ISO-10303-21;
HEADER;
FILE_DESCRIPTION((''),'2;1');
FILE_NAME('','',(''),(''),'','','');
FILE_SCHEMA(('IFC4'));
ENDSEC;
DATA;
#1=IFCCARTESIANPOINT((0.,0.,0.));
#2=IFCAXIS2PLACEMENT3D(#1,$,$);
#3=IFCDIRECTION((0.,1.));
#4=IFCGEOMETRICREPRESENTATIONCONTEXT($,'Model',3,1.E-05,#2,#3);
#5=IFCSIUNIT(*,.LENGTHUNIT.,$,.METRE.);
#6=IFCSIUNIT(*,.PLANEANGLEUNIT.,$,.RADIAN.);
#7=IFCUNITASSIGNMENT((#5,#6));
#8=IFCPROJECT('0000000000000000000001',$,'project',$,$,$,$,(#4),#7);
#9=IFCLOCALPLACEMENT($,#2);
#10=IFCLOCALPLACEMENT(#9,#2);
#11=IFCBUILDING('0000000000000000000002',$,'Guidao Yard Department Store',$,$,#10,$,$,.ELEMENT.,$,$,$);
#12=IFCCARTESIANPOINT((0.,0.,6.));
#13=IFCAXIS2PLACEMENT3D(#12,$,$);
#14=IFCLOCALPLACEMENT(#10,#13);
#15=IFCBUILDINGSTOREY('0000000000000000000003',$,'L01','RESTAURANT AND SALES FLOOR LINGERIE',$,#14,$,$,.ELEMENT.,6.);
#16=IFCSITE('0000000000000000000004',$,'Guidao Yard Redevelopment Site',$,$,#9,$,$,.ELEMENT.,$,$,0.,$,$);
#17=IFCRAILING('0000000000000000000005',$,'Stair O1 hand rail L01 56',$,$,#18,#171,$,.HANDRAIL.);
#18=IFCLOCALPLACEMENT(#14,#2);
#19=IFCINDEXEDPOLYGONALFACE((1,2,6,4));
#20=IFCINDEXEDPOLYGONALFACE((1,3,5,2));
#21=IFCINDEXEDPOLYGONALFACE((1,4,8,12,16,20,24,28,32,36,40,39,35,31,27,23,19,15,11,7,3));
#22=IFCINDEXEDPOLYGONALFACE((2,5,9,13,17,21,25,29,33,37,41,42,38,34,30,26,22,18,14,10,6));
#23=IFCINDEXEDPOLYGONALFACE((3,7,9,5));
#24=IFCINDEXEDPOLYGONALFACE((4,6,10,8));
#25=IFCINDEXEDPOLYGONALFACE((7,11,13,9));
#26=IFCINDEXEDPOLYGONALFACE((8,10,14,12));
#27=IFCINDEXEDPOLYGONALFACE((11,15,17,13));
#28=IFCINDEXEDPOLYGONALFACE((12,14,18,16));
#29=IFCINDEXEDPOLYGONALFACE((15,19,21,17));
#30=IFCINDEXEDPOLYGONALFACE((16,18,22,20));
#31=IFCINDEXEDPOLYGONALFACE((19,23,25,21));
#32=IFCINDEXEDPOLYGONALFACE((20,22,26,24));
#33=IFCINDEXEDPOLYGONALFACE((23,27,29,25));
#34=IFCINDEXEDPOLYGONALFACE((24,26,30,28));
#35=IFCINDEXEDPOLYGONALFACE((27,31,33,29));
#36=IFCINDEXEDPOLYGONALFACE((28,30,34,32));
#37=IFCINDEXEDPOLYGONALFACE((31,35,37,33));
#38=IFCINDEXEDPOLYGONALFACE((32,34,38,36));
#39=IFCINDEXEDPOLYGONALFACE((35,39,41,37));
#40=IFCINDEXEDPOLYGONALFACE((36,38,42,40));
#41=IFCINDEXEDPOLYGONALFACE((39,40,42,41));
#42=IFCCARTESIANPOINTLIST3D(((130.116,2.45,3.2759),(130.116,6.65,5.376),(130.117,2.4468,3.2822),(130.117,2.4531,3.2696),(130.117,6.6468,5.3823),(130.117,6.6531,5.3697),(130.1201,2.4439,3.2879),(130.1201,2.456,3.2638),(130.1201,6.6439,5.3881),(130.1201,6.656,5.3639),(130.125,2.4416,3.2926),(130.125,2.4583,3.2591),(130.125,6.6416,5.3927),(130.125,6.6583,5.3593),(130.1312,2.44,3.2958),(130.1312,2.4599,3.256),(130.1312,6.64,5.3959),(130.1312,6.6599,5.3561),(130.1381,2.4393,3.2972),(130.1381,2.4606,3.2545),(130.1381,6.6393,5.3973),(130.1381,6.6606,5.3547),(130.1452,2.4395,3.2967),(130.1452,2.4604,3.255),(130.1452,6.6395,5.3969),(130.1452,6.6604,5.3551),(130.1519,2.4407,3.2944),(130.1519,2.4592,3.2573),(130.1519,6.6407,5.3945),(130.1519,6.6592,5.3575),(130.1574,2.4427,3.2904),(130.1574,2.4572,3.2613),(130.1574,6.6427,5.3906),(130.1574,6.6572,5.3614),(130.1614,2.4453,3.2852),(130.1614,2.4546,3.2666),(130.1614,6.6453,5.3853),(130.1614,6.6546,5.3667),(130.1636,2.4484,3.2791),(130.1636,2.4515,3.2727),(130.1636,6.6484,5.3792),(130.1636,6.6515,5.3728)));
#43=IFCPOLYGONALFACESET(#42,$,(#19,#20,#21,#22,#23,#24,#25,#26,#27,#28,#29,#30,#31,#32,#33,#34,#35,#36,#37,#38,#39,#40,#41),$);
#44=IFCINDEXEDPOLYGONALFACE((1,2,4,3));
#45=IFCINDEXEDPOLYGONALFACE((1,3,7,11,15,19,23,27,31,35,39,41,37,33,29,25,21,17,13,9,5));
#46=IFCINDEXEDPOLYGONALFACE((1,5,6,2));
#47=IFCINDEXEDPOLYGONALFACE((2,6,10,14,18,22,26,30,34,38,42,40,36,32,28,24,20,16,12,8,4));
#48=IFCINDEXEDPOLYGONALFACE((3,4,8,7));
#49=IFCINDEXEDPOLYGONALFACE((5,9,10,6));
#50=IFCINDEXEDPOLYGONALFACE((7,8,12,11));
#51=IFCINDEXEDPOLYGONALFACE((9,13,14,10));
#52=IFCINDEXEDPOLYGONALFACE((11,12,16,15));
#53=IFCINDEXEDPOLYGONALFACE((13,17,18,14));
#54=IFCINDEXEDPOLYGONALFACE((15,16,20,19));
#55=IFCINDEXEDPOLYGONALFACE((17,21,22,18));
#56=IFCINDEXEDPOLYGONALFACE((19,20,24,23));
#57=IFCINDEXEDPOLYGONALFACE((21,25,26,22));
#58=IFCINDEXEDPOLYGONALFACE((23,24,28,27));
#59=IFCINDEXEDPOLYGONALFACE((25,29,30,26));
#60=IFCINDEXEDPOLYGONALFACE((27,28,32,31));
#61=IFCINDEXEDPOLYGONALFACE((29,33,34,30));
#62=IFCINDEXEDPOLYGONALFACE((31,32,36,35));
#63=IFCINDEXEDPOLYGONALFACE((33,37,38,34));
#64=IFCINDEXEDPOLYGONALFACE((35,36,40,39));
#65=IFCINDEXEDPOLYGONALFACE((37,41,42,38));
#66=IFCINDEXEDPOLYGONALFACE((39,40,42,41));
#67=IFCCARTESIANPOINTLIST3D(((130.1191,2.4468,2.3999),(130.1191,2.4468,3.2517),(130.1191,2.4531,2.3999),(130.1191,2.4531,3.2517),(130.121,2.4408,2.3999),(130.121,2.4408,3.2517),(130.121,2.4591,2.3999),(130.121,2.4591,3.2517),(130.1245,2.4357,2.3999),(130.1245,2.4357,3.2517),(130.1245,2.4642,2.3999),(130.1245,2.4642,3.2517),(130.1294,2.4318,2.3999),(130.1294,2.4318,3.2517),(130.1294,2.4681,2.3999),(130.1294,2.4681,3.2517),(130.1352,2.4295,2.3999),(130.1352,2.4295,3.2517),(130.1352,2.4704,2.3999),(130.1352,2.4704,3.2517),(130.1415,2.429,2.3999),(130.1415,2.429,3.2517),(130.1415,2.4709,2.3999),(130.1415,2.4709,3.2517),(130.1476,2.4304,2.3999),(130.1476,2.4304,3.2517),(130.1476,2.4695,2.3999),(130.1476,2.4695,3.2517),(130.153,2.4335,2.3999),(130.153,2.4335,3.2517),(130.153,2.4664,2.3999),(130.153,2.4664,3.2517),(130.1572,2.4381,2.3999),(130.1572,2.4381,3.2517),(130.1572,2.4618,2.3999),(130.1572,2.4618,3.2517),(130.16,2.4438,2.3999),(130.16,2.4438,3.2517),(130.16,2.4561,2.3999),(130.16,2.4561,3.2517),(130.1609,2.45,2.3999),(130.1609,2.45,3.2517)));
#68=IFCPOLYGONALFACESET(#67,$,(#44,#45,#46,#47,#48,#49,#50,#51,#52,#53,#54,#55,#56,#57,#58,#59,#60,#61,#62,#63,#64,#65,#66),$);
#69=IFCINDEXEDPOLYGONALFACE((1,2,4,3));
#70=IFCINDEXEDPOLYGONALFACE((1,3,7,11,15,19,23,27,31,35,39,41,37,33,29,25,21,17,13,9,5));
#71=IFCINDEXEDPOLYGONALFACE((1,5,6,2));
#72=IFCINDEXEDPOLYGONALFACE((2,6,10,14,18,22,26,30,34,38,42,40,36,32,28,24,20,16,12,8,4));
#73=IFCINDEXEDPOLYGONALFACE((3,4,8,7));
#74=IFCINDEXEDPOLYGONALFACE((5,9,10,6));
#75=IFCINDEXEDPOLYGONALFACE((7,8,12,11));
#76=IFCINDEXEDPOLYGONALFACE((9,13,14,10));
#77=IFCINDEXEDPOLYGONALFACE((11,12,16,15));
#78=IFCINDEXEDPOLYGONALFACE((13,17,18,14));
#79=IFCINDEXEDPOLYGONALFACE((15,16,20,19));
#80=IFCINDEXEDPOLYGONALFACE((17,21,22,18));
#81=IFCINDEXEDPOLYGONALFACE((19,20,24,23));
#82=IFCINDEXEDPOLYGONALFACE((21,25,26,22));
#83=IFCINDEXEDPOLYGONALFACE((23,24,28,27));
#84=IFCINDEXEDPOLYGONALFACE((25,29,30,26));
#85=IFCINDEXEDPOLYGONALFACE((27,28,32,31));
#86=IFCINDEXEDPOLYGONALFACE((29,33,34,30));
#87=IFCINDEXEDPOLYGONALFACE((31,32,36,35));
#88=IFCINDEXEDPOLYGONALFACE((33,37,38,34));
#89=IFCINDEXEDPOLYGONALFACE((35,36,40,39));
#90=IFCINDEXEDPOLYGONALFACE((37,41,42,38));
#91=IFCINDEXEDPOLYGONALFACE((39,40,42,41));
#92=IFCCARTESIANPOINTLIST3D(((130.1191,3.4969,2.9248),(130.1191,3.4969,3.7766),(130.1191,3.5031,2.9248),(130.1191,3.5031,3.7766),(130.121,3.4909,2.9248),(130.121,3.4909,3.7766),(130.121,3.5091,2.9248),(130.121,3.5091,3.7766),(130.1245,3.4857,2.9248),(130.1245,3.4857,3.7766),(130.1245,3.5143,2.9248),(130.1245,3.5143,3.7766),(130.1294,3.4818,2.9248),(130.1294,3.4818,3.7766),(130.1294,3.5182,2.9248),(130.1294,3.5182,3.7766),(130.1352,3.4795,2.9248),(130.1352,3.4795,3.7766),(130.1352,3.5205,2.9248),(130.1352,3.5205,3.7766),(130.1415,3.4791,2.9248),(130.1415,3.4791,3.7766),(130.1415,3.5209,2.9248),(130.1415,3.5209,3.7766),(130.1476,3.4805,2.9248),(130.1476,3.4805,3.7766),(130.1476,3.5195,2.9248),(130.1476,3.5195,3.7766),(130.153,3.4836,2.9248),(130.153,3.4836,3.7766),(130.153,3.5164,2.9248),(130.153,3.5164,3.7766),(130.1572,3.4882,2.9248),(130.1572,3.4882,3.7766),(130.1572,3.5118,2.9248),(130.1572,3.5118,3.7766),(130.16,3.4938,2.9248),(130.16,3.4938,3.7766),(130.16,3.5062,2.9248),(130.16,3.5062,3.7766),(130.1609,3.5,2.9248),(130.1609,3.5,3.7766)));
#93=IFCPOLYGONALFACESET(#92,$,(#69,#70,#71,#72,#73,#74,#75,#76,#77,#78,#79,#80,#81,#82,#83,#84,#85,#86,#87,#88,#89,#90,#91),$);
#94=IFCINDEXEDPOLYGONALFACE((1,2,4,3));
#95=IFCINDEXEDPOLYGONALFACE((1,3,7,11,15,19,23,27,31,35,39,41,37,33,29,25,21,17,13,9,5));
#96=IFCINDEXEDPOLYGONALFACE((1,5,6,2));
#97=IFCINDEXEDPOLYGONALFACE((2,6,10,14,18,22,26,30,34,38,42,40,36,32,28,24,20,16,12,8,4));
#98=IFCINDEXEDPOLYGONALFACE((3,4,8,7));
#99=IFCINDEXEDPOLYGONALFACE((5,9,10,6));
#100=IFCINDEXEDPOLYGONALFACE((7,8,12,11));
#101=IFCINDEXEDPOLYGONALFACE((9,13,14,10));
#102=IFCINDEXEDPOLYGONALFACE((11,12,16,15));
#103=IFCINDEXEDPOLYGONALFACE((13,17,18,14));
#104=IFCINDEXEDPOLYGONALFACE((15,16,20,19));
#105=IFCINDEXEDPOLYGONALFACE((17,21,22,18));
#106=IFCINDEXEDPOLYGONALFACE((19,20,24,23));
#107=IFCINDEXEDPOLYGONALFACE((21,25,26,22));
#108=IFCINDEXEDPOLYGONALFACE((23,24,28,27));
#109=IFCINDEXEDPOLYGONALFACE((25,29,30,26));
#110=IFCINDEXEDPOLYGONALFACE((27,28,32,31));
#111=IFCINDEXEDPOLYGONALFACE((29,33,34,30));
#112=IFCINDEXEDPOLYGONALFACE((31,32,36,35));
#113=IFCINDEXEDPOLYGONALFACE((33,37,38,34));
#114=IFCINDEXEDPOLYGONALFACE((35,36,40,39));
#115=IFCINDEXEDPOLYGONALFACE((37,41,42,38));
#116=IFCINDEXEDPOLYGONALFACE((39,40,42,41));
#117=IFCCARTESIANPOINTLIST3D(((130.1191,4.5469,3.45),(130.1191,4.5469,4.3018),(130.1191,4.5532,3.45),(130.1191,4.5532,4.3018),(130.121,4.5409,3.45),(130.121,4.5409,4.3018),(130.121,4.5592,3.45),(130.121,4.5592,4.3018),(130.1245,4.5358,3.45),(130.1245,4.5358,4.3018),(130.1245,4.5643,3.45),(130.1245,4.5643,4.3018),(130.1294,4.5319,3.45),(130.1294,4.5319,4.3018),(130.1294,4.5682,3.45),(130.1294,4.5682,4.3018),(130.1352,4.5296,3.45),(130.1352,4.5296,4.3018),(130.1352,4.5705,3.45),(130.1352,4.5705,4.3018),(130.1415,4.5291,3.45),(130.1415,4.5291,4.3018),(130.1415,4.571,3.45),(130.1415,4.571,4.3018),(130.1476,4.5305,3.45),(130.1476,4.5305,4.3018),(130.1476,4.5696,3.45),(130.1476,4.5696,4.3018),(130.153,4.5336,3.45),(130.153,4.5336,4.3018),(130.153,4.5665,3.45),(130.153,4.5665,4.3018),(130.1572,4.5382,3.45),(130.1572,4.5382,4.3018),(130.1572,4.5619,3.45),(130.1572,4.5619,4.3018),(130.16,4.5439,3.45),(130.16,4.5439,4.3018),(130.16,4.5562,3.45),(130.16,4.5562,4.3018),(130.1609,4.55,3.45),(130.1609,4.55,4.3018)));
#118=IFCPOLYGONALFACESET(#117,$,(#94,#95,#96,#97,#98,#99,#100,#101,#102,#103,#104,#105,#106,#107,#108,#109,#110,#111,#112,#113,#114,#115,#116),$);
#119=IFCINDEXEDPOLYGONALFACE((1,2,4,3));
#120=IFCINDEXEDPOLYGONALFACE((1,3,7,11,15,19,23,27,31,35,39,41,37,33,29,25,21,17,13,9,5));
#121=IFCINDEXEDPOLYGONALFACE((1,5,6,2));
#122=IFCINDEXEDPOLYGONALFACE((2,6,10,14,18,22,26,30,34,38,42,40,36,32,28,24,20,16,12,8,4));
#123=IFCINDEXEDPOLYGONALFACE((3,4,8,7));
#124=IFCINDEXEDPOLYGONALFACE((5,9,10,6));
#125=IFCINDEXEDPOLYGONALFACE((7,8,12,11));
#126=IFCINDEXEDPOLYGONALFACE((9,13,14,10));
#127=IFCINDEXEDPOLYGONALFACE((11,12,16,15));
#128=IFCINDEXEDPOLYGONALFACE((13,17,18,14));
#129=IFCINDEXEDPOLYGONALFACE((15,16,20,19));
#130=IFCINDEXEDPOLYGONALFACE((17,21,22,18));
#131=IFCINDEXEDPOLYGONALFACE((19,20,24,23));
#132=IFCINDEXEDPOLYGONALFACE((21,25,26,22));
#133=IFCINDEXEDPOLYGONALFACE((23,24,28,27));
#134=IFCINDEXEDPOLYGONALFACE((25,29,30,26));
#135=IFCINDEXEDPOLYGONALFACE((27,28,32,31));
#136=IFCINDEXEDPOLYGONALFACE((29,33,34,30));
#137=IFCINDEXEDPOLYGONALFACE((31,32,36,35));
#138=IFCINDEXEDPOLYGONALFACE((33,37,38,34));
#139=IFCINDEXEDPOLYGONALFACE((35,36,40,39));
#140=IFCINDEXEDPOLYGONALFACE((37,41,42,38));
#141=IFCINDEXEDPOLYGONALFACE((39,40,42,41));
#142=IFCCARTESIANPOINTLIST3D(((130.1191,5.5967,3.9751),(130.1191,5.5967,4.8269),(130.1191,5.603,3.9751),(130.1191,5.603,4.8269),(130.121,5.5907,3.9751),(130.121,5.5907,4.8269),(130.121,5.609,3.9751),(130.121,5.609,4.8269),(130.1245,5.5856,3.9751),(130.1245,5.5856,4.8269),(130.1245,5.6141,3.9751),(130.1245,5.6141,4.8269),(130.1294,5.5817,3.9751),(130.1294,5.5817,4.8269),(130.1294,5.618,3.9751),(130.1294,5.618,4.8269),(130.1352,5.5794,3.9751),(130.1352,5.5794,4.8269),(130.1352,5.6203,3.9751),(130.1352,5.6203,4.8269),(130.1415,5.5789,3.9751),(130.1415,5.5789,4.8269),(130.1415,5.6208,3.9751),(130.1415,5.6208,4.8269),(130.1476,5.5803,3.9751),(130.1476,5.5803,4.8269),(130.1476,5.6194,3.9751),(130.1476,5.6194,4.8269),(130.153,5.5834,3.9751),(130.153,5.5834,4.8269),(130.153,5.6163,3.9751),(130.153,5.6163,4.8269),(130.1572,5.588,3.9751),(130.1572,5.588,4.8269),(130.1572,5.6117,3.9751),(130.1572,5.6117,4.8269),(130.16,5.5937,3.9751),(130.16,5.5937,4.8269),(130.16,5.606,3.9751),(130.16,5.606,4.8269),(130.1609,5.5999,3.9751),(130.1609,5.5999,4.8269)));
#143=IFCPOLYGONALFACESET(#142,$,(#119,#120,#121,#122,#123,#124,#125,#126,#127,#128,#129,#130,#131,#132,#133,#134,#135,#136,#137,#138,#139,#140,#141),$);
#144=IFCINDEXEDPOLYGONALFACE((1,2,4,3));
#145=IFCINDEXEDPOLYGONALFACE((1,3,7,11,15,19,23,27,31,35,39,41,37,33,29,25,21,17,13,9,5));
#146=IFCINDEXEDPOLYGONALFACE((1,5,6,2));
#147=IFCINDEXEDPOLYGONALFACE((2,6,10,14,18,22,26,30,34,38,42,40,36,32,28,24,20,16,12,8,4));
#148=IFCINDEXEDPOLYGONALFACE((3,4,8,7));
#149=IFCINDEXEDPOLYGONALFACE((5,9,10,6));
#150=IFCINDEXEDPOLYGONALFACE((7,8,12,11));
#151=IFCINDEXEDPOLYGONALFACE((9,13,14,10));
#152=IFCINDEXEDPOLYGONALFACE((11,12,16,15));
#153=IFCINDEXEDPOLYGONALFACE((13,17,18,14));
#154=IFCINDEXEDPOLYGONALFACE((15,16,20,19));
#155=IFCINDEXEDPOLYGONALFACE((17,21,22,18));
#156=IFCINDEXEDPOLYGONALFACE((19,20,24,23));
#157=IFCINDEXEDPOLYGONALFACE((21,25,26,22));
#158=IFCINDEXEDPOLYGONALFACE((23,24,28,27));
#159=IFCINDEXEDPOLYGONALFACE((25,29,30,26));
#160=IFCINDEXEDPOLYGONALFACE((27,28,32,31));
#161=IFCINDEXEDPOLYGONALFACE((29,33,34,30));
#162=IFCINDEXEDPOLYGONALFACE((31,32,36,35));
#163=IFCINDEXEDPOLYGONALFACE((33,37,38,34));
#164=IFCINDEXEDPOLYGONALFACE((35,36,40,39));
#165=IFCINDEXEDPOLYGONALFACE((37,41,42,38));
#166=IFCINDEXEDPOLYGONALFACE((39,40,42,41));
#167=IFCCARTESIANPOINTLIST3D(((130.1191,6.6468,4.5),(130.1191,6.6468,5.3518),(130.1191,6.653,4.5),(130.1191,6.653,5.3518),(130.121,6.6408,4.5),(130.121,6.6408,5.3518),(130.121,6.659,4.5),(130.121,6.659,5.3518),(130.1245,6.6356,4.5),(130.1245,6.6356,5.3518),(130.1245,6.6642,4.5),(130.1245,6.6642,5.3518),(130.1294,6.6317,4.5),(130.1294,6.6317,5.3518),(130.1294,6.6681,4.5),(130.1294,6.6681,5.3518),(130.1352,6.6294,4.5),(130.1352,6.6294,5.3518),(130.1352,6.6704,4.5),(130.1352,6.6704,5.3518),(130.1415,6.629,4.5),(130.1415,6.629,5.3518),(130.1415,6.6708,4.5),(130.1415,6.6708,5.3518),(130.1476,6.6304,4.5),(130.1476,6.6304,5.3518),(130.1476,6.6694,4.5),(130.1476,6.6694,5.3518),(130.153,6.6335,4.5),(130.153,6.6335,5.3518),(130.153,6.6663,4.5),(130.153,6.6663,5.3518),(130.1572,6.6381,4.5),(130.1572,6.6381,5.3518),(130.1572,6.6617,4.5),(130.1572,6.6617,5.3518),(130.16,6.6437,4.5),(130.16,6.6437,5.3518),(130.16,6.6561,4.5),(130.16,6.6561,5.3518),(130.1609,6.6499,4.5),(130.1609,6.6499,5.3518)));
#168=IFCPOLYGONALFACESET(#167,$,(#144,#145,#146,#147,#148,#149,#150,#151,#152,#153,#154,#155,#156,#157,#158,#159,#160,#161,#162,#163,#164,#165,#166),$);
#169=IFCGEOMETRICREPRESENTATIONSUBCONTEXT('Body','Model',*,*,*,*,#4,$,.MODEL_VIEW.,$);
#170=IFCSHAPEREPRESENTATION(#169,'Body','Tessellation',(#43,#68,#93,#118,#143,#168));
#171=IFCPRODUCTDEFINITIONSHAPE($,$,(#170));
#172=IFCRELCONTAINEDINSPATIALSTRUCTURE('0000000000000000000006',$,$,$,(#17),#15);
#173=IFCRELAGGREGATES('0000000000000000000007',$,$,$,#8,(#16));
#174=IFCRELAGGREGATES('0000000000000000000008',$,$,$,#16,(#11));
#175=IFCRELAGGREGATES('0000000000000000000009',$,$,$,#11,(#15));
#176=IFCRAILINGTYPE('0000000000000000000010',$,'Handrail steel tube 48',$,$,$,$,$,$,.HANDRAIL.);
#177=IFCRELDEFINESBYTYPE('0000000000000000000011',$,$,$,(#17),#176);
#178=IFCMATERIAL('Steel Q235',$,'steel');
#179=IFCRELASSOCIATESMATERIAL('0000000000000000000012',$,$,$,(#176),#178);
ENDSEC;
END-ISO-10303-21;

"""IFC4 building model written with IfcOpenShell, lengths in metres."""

from ifc_helpers import new_model, si_unit, direction, frame, origin, origin_2d, place, context, subcontext, project, spatial, circle, extrude, material, type_object, element, save


model = new_model("IFC4")

# Units and contexts
model_context = context("Model", 3, precision=1e-05, world=origin(), true_north=direction((0.0, 1.0)))
body_context = subcontext(model_context, "Body", "Model", "MODEL_VIEW")
ifc_project = project(units=[si_unit("LENGTHUNIT", "METRE"), si_unit("PLANEANGLEUNIT", "RADIAN")], contexts=[model_context])

# Site, building, storey
site_placement = place(None, origin())
site = spatial("IfcSite", under=ifc_project, at=site_placement, Name="Guidao Yard Redevelopment Site", CompositionType="ELEMENT", RefElevation=0.0)
building_placement = place(site_placement, origin())
building = spatial("IfcBuilding", under=site, at=building_placement, Name="Guidao Yard Department Store", CompositionType="ELEMENT")
storey_placement = place(building_placement, frame((0.0, 0.0, 6.0)))
storey = spatial("IfcBuildingStorey", under=building, at=storey_placement, Name="L01", Description="RESTAURANT AND SALES FLOOR LINGERIE", CompositionType="ELEMENT", Elevation=6.0)

# Railing
ifc_material_1 = material(Name="Steel Q235", Category="steel")
railing_type = type_object("IfcRailingType", Name="Handrail steel tube 48", PredefinedType="HANDRAIL", material=ifc_material_1)
railing_placement = place(storey_placement, frame((130.1399, 2.45, 2.3999)))
element("IfcRailing", 1, at=railing_placement, inside=storey, type_object=railing_type, Name="Stair O1 hand rail L01 56", PredefinedType="HANDRAIL", context=body_context, shape_type="SweptSolid", body=[
    extrude(circle(Radius=0.0239, at=origin_2d()), frame((0.0, 0.0, 0.876), z_axis=(0.0, 0.894417, 0.447234), x_axis=(-1.0, 0.0, 0.0)), (0.0, 0.0, 1.0), 4.6958),
    extrude(circle(Radius=0.021, at=origin_2d()), origin(), (0.0, 0.0, 1.0), 0.8518),
    extrude(circle(Radius=0.021, at=origin_2d()), frame((0.0, 1.05, 0.5249)), (0.0, 0.0, 1.0), 0.8518),
    extrude(circle(Radius=0.021, at=origin_2d()), frame((0.0, 2.1001, 1.05)), (0.0, 0.0, 1.0), 0.8518),
    extrude(circle(Radius=0.021, at=origin_2d()), frame((0.0, 3.1499, 1.5752)), (0.0, 0.0, 1.0), 0.8518),
    extrude(circle(Radius=0.021, at=origin_2d()), frame((0.0, 4.2, 2.1001)), (0.0, 0.0, 1.0), 0.8518),
])

save(model, "model.ifc")
